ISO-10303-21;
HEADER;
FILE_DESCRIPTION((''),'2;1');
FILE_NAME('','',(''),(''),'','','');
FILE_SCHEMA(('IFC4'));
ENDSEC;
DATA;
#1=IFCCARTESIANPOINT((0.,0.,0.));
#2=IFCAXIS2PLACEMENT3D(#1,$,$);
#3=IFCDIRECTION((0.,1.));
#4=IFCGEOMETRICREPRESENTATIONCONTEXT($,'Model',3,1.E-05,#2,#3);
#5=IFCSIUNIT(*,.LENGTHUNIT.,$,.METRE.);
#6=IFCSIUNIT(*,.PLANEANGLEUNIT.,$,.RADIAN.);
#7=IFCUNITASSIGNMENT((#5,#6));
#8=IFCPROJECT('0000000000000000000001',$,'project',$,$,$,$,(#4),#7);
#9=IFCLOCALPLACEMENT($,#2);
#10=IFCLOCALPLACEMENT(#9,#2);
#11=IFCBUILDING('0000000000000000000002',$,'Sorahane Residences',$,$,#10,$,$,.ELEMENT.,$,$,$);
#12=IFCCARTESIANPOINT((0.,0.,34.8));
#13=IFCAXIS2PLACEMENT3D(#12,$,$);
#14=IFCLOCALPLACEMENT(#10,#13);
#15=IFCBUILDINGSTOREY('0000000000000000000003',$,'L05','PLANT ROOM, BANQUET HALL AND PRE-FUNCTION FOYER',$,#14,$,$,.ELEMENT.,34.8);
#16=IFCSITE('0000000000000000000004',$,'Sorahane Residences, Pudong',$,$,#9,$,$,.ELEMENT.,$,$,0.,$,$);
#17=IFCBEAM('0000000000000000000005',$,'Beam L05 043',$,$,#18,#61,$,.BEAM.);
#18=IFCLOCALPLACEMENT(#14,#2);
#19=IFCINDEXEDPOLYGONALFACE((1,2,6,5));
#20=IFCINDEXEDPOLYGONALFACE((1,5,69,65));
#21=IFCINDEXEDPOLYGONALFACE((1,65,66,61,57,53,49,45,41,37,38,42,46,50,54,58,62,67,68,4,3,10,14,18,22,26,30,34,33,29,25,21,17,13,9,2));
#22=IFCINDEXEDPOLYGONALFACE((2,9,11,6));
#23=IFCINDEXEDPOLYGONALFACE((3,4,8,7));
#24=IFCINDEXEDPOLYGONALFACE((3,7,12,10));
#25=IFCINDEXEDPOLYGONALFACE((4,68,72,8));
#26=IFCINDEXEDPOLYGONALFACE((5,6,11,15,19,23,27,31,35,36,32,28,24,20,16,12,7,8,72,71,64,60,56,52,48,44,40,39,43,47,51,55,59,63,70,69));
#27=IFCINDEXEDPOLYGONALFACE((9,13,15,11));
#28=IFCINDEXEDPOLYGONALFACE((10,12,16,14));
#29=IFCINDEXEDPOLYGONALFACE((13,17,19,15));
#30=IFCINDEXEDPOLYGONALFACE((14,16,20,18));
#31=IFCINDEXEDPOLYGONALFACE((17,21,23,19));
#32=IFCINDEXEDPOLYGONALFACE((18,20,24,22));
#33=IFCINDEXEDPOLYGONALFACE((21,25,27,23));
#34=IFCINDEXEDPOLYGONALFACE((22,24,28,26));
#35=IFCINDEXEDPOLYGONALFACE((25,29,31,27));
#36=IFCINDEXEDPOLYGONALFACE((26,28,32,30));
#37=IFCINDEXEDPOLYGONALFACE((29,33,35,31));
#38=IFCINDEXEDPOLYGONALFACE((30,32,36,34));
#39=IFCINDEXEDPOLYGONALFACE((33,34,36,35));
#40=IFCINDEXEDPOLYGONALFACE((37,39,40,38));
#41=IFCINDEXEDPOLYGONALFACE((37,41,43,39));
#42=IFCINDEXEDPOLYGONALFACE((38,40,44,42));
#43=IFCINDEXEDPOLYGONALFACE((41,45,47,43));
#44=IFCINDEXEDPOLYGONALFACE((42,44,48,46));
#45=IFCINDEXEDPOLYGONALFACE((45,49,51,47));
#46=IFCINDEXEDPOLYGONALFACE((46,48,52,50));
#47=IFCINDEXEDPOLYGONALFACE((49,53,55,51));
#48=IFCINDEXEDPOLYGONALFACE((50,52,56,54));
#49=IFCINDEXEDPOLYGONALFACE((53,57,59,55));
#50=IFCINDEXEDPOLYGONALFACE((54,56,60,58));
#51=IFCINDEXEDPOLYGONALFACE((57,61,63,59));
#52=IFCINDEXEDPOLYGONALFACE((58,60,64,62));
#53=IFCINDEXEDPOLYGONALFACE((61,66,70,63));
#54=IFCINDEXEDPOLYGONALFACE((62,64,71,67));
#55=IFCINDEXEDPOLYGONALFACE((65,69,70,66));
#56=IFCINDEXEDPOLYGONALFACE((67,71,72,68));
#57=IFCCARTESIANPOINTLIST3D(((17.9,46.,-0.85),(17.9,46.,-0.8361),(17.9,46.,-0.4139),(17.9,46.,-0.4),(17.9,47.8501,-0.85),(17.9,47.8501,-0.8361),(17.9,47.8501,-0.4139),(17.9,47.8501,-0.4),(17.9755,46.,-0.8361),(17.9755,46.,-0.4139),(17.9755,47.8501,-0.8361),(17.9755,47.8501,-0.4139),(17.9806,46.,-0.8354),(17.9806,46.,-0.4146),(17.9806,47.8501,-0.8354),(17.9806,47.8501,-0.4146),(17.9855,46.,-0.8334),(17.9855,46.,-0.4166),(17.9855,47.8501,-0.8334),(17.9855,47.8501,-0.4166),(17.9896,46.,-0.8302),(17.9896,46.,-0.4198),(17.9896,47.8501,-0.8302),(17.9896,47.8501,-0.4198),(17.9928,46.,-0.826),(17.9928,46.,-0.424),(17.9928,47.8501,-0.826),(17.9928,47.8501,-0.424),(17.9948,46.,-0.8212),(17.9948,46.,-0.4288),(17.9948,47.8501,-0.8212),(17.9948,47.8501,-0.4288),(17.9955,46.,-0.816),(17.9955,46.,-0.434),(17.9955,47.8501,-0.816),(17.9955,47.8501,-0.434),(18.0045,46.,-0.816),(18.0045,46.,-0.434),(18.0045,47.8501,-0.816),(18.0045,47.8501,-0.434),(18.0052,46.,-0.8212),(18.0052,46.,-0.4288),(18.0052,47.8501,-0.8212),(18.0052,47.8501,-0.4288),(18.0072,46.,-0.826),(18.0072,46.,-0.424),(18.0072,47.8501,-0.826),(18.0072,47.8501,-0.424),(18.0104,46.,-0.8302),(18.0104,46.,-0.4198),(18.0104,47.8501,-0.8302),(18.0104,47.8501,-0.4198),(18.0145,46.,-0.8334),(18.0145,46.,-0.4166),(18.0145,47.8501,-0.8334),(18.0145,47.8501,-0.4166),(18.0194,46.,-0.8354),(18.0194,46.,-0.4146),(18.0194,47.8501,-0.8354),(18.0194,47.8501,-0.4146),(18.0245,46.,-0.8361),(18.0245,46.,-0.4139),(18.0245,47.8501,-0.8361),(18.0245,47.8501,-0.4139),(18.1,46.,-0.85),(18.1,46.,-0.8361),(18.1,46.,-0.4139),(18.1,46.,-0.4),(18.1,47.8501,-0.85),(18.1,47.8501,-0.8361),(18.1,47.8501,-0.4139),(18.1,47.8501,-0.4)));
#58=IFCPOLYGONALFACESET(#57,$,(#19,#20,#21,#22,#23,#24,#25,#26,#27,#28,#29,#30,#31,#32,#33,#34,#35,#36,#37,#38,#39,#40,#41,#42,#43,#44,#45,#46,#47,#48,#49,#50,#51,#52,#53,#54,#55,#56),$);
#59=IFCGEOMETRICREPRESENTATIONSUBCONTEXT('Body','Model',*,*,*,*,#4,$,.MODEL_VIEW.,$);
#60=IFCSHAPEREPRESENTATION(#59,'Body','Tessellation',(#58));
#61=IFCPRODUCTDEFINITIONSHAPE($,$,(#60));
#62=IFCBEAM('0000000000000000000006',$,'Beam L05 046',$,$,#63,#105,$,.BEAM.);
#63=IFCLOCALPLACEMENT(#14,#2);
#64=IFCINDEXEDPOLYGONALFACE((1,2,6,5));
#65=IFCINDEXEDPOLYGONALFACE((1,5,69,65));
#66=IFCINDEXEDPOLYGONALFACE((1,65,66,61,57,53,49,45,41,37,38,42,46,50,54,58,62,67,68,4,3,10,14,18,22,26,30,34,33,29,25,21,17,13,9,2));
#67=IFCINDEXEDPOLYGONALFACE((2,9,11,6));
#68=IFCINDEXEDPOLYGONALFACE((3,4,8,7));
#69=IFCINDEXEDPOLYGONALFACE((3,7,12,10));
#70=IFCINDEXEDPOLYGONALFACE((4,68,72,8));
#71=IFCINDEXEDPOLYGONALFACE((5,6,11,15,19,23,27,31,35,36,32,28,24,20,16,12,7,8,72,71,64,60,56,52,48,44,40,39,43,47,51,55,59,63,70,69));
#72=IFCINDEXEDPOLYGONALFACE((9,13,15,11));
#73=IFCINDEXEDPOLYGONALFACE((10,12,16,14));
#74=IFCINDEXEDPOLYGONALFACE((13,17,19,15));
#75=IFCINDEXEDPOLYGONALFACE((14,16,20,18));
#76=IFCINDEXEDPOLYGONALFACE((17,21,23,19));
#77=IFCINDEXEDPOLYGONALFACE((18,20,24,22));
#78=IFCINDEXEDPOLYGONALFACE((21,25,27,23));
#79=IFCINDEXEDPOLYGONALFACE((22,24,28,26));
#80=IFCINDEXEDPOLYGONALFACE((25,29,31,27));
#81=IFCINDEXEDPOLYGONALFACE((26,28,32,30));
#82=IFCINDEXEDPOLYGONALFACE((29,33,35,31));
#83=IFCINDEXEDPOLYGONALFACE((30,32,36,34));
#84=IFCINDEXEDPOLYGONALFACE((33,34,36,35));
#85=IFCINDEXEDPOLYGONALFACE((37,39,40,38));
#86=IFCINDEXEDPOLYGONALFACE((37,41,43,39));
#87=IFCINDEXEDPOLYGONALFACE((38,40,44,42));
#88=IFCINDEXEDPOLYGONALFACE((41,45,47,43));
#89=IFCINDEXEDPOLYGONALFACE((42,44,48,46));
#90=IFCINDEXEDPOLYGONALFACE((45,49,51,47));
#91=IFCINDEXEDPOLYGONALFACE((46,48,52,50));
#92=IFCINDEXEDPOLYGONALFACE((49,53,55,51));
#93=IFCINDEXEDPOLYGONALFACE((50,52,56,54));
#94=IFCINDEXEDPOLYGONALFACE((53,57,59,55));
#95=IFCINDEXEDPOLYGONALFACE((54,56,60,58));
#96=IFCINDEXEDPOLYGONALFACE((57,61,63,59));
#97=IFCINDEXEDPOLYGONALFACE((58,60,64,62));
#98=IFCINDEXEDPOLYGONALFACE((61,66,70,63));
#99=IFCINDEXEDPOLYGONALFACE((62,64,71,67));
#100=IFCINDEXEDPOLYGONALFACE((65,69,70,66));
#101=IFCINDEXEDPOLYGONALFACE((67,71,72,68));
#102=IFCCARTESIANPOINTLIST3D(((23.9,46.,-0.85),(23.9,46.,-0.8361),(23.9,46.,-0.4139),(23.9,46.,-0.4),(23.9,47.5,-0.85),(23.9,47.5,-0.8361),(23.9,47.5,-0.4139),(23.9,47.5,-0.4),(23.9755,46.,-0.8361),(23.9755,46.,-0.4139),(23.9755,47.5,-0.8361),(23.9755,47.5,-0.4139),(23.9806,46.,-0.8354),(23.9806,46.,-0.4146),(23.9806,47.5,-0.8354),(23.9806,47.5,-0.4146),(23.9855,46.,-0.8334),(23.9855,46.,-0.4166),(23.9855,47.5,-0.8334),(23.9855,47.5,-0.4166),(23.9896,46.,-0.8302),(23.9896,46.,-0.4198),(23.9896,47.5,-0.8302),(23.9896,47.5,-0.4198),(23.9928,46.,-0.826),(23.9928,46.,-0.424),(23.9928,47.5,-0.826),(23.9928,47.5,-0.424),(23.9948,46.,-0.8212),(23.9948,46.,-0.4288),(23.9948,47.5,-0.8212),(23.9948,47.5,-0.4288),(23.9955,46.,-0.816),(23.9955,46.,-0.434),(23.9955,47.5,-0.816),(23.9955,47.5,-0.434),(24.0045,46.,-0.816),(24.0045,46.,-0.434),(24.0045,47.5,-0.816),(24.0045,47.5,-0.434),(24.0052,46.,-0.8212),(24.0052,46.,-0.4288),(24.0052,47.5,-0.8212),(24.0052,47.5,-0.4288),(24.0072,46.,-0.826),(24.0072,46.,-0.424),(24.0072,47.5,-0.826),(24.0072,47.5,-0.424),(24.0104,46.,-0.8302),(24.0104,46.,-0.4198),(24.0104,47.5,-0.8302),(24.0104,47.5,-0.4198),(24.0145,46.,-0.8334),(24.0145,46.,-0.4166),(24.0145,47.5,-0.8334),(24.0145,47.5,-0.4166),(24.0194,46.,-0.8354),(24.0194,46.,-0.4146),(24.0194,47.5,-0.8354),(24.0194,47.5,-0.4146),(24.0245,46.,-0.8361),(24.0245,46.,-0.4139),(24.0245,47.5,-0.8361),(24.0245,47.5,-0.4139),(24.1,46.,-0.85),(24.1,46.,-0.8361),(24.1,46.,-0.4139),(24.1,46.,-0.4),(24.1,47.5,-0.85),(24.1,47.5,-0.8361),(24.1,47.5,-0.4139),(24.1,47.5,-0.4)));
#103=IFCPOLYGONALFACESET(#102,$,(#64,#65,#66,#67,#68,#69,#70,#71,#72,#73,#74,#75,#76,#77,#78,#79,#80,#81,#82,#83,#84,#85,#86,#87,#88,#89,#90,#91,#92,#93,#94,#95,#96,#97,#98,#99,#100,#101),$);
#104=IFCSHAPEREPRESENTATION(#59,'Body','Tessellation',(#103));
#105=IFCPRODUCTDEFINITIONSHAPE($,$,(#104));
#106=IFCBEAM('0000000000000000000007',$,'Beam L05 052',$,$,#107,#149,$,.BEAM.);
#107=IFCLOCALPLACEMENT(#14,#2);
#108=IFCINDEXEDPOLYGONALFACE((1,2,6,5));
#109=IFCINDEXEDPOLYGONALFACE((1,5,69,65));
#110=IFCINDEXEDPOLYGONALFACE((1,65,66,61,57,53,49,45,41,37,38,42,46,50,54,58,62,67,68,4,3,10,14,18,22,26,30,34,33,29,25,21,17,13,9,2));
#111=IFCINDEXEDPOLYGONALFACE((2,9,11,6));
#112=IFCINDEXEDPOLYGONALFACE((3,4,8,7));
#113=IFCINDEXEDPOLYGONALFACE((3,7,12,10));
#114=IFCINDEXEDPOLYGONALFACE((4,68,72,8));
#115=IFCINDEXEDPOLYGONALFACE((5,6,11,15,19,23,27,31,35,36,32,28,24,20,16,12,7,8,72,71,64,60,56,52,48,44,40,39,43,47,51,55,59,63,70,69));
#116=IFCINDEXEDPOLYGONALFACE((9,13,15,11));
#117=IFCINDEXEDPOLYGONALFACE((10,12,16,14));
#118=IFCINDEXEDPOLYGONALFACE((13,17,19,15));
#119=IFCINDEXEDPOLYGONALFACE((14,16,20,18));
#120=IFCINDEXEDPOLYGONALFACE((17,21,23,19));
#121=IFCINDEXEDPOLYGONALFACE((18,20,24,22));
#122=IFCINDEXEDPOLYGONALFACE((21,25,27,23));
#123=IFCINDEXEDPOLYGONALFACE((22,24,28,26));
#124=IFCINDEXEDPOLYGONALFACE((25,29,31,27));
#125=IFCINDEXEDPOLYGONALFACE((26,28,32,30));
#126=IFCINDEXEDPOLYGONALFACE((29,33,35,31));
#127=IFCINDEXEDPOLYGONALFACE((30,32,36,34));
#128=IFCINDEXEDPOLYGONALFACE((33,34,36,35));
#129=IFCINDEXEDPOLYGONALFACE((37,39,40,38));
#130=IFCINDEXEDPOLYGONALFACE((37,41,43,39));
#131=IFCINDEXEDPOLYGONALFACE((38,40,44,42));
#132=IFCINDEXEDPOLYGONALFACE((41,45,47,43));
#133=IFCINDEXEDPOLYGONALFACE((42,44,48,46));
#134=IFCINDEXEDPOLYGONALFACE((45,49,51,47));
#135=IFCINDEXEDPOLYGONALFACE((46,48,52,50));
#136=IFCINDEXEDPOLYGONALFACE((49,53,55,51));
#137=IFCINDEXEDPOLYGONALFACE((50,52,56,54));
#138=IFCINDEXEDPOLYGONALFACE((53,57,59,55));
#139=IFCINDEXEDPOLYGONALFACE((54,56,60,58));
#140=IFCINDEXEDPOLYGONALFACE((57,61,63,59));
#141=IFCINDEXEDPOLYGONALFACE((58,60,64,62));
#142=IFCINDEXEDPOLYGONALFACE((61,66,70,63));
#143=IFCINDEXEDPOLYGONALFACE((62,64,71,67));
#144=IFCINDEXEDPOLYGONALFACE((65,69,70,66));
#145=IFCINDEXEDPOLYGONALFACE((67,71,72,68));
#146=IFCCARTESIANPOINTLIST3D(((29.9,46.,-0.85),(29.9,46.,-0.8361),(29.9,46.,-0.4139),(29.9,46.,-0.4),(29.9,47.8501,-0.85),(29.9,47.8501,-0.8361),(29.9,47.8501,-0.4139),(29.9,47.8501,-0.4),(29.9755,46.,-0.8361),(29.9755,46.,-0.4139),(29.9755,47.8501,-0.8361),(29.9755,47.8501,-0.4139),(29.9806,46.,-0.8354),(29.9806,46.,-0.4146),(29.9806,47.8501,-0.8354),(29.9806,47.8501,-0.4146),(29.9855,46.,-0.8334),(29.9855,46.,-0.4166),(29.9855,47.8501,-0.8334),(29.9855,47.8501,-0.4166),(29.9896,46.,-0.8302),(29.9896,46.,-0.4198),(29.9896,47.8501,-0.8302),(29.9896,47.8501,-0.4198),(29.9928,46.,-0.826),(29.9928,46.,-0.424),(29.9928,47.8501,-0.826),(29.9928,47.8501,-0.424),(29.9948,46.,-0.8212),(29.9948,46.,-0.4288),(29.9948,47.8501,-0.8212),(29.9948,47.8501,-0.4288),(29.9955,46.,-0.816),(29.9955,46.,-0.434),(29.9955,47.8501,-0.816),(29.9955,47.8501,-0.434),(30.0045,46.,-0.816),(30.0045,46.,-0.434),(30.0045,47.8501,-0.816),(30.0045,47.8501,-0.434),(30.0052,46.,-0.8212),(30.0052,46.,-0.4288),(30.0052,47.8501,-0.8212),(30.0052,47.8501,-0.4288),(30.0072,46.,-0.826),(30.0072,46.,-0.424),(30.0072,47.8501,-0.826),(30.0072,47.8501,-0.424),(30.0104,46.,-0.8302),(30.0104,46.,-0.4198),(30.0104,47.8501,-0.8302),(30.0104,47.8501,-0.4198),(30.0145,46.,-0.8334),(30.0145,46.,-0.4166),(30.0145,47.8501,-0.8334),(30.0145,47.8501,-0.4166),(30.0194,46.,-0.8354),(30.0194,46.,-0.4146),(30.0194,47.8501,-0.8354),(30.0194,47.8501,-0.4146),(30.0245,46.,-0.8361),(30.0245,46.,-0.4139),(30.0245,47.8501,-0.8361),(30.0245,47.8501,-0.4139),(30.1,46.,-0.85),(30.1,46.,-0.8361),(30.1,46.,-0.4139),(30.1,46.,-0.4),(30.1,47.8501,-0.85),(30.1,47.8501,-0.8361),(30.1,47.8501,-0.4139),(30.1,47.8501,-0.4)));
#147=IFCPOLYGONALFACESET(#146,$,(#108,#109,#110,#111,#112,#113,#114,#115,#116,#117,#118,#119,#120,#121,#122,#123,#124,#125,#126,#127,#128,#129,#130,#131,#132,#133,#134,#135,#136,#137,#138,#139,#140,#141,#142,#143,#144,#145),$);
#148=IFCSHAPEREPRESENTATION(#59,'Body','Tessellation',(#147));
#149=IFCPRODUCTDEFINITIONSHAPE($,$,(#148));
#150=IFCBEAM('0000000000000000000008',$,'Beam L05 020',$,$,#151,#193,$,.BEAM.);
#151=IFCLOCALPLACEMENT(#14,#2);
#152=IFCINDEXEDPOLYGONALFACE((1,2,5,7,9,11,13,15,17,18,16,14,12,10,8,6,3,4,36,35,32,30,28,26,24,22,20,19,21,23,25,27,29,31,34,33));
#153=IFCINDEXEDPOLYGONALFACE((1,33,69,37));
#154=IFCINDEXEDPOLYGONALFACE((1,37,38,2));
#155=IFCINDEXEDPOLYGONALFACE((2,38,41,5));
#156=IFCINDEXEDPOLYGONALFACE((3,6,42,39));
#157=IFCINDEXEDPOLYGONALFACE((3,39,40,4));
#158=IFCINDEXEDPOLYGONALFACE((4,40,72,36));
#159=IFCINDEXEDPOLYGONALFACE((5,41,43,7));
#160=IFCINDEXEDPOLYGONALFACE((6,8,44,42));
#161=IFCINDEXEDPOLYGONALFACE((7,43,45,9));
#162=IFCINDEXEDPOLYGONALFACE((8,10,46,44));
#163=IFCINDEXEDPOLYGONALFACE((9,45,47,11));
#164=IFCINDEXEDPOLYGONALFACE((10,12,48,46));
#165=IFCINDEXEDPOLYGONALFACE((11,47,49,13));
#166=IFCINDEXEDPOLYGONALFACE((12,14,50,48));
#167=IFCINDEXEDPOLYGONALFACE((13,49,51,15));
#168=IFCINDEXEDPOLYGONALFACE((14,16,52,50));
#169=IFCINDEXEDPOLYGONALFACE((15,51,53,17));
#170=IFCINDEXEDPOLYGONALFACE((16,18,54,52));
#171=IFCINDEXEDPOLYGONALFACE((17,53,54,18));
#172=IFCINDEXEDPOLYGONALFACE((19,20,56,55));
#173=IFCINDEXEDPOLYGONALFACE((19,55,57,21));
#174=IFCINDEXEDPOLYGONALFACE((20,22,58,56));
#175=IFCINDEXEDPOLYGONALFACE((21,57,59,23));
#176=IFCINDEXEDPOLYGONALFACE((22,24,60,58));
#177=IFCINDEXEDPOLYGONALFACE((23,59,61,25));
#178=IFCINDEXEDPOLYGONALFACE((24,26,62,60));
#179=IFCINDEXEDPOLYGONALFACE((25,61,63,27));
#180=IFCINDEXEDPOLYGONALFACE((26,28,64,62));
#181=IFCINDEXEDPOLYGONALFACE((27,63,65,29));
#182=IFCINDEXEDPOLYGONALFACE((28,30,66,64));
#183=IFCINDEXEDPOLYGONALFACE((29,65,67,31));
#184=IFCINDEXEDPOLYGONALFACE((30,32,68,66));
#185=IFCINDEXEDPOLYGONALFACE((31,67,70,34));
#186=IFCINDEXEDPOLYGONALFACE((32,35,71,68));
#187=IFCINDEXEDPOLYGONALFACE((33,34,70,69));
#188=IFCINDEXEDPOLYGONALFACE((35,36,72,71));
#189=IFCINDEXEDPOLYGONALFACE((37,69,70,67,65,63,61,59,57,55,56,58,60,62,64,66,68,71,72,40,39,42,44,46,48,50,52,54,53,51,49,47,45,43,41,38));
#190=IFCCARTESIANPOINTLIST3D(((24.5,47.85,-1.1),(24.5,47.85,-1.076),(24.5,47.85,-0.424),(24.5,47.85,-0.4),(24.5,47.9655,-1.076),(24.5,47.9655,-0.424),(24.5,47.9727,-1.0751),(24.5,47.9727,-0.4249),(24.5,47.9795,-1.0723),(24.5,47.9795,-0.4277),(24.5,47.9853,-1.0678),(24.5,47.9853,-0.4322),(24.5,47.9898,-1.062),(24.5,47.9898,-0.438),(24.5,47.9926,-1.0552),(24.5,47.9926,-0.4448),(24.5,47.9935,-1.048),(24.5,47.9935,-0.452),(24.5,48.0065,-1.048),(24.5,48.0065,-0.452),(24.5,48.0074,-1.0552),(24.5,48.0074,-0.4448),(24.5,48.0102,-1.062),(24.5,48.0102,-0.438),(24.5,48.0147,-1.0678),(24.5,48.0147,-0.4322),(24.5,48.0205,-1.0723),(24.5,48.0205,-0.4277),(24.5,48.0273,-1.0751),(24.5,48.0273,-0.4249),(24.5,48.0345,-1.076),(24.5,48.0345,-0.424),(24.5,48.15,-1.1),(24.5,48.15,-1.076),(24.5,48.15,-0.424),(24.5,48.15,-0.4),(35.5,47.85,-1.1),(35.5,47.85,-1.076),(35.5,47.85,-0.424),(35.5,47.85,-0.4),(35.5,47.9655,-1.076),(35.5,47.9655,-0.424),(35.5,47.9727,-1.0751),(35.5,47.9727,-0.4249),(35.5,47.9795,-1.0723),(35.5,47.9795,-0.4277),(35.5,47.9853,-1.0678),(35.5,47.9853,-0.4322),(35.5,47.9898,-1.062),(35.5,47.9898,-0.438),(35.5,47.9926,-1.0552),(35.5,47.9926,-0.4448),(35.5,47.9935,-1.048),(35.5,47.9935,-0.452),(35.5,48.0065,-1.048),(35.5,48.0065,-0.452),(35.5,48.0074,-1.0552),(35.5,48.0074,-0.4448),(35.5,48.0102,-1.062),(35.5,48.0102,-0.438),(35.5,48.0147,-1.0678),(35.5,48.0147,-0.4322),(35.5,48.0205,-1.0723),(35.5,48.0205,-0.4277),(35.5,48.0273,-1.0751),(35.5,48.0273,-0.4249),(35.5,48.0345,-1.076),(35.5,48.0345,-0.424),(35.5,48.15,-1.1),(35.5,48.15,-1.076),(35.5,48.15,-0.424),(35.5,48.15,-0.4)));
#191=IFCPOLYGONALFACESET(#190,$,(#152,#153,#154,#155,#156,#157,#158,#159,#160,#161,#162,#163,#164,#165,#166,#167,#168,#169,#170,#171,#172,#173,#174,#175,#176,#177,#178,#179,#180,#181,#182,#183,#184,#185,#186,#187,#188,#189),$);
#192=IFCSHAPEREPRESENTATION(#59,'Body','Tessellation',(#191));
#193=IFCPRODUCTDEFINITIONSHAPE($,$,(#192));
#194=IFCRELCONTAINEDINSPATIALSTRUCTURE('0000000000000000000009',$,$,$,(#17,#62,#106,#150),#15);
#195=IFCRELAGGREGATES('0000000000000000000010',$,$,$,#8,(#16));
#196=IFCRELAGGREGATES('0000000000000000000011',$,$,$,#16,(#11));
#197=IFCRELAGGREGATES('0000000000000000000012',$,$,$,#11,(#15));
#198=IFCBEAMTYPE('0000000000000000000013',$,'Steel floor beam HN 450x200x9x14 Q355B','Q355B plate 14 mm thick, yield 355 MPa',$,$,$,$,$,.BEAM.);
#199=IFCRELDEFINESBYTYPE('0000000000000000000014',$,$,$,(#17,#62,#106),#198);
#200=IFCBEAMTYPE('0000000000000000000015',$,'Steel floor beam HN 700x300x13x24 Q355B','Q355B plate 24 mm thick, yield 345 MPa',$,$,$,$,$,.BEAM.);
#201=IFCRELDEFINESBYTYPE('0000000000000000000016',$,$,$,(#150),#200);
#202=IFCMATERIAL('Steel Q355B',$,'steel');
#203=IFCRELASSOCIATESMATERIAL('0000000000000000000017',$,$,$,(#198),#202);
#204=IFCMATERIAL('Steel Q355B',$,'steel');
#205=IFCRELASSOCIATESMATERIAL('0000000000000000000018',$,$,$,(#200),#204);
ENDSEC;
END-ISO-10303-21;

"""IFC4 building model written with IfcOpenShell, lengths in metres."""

from ifc_helpers import new_model, si_unit, direction, frame, origin, origin_2d, place, context, subcontext, project, spatial, i_section, extrude, material, material_profile, profile_set, type_object, element, save


model = new_model("IFC4")

# Units and contexts
model_context = context("Model", 3, precision=1e-05, world=origin(), true_north=direction((0.0, 1.0)))
body_context = subcontext(model_context, "Body", "Model", "MODEL_VIEW")
ifc_project = project(units=[si_unit("LENGTHUNIT", "METRE"), si_unit("PLANEANGLEUNIT", "RADIAN")], contexts=[model_context])

# Site, building, storey
site_placement = place(None, origin())
site = spatial("IfcSite", under=ifc_project, at=site_placement, Name="Sorahane Residences, Pudong", CompositionType="ELEMENT", RefElevation=0.0)
building_placement = place(site_placement, origin())
building = spatial("IfcBuilding", under=site, at=building_placement, Name="Sorahane Residences", CompositionType="ELEMENT")
storey_placement = place(building_placement, frame((0.0, 0.0, 34.8)))
storey = spatial("IfcBuildingStorey", under=building, at=storey_placement, Name="L05", Description="PLANT ROOM, BANQUET HALL AND PRE-FUNCTION FOYER", CompositionType="ELEMENT", Elevation=34.8)

# Beams
ifc_material_1 = material(Name="Steel Q355B", Category="steel")
ifc_material_profile_1 = material_profile(ifc_material_1, i_section(OverallWidth=0.2, OverallDepth=0.45, WebThickness=0.009, FlangeThickness=0.0139, FilletRadius=0.02, at=origin_2d()), Name="HN 450x200x9x14")
ifc_profile_set_1 = profile_set([ifc_material_profile_1], Name="Steel Q355B")
beam_type_1 = type_object("IfcBeamType", Name="Steel floor beam HN 450x200x9x14 Q355B", Description="Q355B plate 14 mm thick, yield 355 MPa", PredefinedType="BEAM", material=ifc_profile_set_1)
beam_1_placement = place(storey_placement, frame((18.0, 46.0, -0.625), z_axis=(0.0, 1.0, 0.0), x_axis=(-1.0, 0.0, 0.0)))
element("IfcBeam", 1, at=beam_1_placement, inside=storey, type_object=beam_type_1, Name="Beam L05 043", PredefinedType="BEAM", context=body_context, shape_type="SweptSolid", body=[
    extrude(i_section(OverallWidth=0.2, OverallDepth=0.45, WebThickness=0.009, FlangeThickness=0.0139, FilletRadius=0.02, at=origin_2d()), origin(), (0.0, 0.0, 1.0), 1.8501),
])
beam_2_placement = place(storey_placement, frame((24.0, 46.0, -0.625), z_axis=(0.0, 1.0, 0.0), x_axis=(-1.0, 0.0, 0.0)))
element("IfcBeam", 2, at=beam_2_placement, inside=storey, type_object=beam_type_1, Name="Beam L05 046", PredefinedType="BEAM", context=body_context, shape_type="SweptSolid", body=[
    extrude(i_section(OverallWidth=0.2, OverallDepth=0.45, WebThickness=0.009, FlangeThickness=0.0139, FilletRadius=0.02, at=origin_2d()), origin(), (0.0, 0.0, 1.0), 1.5),
])
beam_3_placement = place(storey_placement, frame((30.0, 46.0, -0.625), z_axis=(0.0, 1.0, 0.0), x_axis=(-1.0, 0.0, 0.0)))
element("IfcBeam", 3, at=beam_3_placement, inside=storey, type_object=beam_type_1, Name="Beam L05 052", PredefinedType="BEAM", context=body_context, shape_type="SweptSolid", body=[
    extrude(i_section(OverallWidth=0.2, OverallDepth=0.45, WebThickness=0.009, FlangeThickness=0.0139, FilletRadius=0.02, at=origin_2d()), origin(), (0.0, 0.0, 1.0), 1.8501),
])
ifc_material_2 = material(Name="Steel Q355B", Category="steel")
ifc_material_profile_2 = material_profile(ifc_material_2, i_section(OverallWidth=0.3, OverallDepth=0.7, WebThickness=0.0129, FlangeThickness=0.0239, FilletRadius=0.0281, at=origin_2d()), Name="HN 700x300x13x24")
ifc_profile_set_2 = profile_set([ifc_material_profile_2], Name="Steel Q355B")
beam_type_2 = type_object("IfcBeamType", Name="Steel floor beam HN 700x300x13x24 Q355B", Description="Q355B plate 24 mm thick, yield 345 MPa", PredefinedType="BEAM", material=ifc_profile_set_2)
beam_4_placement = place(storey_placement, frame((24.5, 48.0, -0.75), z_axis=(1.0, 0.0, 0.0), x_axis=(0.0, 1.0, 0.0)))
element("IfcBeam", 4, at=beam_4_placement, inside=storey, type_object=beam_type_2, Name="Beam L05 020", PredefinedType="BEAM", context=body_context, shape_type="SweptSolid", body=[
    extrude(i_section(OverallWidth=0.3, OverallDepth=0.7, WebThickness=0.0129, FlangeThickness=0.0239, FilletRadius=0.0281, at=origin_2d()), origin(), (0.0, 0.0, 1.0), 11.0),
])

save(model, "model.ifc")
